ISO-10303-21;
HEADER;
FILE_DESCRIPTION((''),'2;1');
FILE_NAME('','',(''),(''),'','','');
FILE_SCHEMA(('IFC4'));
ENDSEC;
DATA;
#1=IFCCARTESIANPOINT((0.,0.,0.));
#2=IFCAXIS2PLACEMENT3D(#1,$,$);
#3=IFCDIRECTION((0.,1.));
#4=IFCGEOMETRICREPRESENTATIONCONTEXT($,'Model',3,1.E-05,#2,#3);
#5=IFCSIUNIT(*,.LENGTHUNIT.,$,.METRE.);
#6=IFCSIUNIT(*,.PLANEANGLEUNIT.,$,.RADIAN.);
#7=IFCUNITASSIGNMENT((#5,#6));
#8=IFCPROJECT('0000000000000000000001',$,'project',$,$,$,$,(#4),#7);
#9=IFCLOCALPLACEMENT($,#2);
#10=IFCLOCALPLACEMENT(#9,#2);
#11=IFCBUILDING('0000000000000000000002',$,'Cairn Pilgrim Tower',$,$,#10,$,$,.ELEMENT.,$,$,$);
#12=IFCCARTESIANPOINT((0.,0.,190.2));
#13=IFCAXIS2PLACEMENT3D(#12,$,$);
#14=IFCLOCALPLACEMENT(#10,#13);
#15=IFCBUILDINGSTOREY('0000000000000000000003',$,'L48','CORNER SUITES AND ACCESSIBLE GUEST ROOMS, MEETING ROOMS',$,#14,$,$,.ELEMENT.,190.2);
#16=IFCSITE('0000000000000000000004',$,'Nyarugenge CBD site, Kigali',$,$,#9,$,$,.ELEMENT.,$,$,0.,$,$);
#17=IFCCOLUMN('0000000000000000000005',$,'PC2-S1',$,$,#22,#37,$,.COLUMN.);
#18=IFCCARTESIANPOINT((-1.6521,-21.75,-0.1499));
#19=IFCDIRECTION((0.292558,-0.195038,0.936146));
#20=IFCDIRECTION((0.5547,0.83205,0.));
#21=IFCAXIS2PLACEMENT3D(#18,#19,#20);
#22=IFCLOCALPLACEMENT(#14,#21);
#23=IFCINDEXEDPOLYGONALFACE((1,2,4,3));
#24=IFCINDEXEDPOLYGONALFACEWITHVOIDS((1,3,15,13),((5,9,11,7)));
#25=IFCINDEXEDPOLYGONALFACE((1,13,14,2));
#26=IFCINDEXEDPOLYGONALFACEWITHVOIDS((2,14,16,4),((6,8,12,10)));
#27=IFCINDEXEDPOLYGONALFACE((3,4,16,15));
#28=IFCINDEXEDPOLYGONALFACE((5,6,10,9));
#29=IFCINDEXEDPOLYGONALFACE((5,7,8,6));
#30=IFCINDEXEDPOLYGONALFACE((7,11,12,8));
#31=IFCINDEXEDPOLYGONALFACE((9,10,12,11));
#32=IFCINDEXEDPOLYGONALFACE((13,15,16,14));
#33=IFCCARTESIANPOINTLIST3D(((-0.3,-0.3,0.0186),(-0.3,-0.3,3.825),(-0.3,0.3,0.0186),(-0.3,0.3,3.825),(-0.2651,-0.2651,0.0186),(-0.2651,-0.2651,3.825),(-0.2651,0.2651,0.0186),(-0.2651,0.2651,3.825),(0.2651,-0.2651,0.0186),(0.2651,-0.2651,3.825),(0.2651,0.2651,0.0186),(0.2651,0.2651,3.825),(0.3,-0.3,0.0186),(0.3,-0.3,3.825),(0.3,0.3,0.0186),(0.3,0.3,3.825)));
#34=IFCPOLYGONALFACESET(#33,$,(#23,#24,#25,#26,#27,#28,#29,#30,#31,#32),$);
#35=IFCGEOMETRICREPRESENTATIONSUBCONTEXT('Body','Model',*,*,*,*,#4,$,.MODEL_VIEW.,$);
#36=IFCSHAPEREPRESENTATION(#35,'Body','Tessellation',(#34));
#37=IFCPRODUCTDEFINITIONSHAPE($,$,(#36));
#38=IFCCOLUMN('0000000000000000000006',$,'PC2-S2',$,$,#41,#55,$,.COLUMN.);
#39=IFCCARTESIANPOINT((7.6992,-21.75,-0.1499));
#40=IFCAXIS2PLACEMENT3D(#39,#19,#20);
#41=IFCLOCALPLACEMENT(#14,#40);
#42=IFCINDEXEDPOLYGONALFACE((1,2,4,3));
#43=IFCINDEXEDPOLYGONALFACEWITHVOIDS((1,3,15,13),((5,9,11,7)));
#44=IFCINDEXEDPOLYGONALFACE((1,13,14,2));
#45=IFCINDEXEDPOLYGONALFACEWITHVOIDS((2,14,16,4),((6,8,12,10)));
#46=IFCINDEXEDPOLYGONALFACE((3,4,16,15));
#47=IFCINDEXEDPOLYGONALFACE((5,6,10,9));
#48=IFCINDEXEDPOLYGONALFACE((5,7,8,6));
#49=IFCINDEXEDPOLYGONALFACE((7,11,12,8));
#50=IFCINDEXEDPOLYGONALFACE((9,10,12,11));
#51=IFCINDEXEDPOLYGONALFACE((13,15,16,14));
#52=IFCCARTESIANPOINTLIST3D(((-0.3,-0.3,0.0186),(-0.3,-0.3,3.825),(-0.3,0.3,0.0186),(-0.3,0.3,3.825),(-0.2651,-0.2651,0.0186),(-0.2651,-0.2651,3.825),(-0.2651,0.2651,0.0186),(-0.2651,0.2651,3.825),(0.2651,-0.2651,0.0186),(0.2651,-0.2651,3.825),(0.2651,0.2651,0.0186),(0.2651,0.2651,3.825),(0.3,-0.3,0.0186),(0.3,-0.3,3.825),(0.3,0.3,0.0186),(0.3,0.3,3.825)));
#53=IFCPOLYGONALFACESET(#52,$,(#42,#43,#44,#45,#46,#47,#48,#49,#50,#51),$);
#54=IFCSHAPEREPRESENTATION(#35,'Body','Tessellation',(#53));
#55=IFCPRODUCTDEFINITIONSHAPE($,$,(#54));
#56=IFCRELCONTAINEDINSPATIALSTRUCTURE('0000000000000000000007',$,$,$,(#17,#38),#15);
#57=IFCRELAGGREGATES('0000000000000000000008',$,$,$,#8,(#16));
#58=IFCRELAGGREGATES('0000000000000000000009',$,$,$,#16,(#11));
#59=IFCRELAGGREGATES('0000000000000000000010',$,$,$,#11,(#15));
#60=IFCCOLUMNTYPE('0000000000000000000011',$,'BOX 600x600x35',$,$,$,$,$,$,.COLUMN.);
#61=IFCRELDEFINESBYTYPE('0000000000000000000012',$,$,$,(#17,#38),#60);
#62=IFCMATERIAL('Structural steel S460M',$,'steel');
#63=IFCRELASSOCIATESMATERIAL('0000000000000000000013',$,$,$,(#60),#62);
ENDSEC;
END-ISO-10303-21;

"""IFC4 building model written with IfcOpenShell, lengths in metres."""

from ifc_helpers import new_model, si_unit, direction, frame, origin, origin_2d, place, context, subcontext, project, spatial, hollow_rectangle, extrude, clip, halfspace, material, material_profile, profile_set, type_object, element, save


model = new_model("IFC4")

# Units and contexts
model_context = context("Model", 3, precision=1e-05, world=origin(), true_north=direction((0.0, 1.0)))
body_context = subcontext(model_context, "Body", "Model", "MODEL_VIEW")
ifc_project = project(units=[si_unit("LENGTHUNIT", "METRE"), si_unit("PLANEANGLEUNIT", "RADIAN")], contexts=[model_context])

# Site, building, storey
site_placement = place(None, origin())
site = spatial("IfcSite", under=ifc_project, at=site_placement, Name="Nyarugenge CBD site, Kigali", CompositionType="ELEMENT", RefElevation=0.0)
building_placement = place(site_placement, origin())
building = spatial("IfcBuilding", under=site, at=building_placement, Name="Cairn Pilgrim Tower", CompositionType="ELEMENT")
storey_placement = place(building_placement, frame((0.0, 0.0, 190.2)))
storey = spatial("IfcBuildingStorey", under=building, at=storey_placement, Name="L48", Description="CORNER SUITES AND ACCESSIBLE GUEST ROOMS, MEETING ROOMS", CompositionType="ELEMENT", Elevation=190.2)

# Columns
ifc_material_1 = material(Name="Structural steel S460M", Category="steel")
ifc_material_profile_1 = material_profile(ifc_material_1, hollow_rectangle(XDim=0.6001, YDim=0.6001, WallThickness=0.0349, at=origin_2d()), Name="BOX 600x600x35")
ifc_profile_set_1 = profile_set([ifc_material_profile_1], Name="Structural steel S460M")
column_type = type_object("IfcColumnType", Name="BOX 600x600x35", PredefinedType="COLUMN", material=ifc_profile_set_1)
for number, where, z_axis, x_axis, name in (
    (1, (-1.6521, -21.75, -0.1499), (0.292558, -0.195038, 0.936146), (0.5547, 0.83205, 0.0), "PC2-S1"),
    (2, (7.6992, -21.75, -0.1499), (0.292558, -0.195038, 0.936146), (0.5547, 0.83205, 0.0), "PC2-S2"),
):
    element("IfcColumn", number, at=place(storey_placement, frame(where, z_axis=z_axis, x_axis=x_axis)), inside=storey, type_object=column_type, Name=name, PredefinedType="COLUMN", context=body_context, shape_type="Clipping", body=[
        clip(clip(extrude(hollow_rectangle(XDim=0.6001, YDim=0.6001, WallThickness=0.0349, at=origin_2d()), origin(), (0.0, 0.0, 1.0), 3.8455), halfspace(frame((0.0, 0.0, 0.0186), z_axis=(0.0, 0.0, 1.0), x_axis=(1.0, 0.0, 0.0)), True)), halfspace(frame((0.0, 0.0, 3.825), z_axis=(0.0, 0.0, 1.0), x_axis=(1.0, 0.0, 0.0)), False)),
    ])

save(model, "model.ifc")
